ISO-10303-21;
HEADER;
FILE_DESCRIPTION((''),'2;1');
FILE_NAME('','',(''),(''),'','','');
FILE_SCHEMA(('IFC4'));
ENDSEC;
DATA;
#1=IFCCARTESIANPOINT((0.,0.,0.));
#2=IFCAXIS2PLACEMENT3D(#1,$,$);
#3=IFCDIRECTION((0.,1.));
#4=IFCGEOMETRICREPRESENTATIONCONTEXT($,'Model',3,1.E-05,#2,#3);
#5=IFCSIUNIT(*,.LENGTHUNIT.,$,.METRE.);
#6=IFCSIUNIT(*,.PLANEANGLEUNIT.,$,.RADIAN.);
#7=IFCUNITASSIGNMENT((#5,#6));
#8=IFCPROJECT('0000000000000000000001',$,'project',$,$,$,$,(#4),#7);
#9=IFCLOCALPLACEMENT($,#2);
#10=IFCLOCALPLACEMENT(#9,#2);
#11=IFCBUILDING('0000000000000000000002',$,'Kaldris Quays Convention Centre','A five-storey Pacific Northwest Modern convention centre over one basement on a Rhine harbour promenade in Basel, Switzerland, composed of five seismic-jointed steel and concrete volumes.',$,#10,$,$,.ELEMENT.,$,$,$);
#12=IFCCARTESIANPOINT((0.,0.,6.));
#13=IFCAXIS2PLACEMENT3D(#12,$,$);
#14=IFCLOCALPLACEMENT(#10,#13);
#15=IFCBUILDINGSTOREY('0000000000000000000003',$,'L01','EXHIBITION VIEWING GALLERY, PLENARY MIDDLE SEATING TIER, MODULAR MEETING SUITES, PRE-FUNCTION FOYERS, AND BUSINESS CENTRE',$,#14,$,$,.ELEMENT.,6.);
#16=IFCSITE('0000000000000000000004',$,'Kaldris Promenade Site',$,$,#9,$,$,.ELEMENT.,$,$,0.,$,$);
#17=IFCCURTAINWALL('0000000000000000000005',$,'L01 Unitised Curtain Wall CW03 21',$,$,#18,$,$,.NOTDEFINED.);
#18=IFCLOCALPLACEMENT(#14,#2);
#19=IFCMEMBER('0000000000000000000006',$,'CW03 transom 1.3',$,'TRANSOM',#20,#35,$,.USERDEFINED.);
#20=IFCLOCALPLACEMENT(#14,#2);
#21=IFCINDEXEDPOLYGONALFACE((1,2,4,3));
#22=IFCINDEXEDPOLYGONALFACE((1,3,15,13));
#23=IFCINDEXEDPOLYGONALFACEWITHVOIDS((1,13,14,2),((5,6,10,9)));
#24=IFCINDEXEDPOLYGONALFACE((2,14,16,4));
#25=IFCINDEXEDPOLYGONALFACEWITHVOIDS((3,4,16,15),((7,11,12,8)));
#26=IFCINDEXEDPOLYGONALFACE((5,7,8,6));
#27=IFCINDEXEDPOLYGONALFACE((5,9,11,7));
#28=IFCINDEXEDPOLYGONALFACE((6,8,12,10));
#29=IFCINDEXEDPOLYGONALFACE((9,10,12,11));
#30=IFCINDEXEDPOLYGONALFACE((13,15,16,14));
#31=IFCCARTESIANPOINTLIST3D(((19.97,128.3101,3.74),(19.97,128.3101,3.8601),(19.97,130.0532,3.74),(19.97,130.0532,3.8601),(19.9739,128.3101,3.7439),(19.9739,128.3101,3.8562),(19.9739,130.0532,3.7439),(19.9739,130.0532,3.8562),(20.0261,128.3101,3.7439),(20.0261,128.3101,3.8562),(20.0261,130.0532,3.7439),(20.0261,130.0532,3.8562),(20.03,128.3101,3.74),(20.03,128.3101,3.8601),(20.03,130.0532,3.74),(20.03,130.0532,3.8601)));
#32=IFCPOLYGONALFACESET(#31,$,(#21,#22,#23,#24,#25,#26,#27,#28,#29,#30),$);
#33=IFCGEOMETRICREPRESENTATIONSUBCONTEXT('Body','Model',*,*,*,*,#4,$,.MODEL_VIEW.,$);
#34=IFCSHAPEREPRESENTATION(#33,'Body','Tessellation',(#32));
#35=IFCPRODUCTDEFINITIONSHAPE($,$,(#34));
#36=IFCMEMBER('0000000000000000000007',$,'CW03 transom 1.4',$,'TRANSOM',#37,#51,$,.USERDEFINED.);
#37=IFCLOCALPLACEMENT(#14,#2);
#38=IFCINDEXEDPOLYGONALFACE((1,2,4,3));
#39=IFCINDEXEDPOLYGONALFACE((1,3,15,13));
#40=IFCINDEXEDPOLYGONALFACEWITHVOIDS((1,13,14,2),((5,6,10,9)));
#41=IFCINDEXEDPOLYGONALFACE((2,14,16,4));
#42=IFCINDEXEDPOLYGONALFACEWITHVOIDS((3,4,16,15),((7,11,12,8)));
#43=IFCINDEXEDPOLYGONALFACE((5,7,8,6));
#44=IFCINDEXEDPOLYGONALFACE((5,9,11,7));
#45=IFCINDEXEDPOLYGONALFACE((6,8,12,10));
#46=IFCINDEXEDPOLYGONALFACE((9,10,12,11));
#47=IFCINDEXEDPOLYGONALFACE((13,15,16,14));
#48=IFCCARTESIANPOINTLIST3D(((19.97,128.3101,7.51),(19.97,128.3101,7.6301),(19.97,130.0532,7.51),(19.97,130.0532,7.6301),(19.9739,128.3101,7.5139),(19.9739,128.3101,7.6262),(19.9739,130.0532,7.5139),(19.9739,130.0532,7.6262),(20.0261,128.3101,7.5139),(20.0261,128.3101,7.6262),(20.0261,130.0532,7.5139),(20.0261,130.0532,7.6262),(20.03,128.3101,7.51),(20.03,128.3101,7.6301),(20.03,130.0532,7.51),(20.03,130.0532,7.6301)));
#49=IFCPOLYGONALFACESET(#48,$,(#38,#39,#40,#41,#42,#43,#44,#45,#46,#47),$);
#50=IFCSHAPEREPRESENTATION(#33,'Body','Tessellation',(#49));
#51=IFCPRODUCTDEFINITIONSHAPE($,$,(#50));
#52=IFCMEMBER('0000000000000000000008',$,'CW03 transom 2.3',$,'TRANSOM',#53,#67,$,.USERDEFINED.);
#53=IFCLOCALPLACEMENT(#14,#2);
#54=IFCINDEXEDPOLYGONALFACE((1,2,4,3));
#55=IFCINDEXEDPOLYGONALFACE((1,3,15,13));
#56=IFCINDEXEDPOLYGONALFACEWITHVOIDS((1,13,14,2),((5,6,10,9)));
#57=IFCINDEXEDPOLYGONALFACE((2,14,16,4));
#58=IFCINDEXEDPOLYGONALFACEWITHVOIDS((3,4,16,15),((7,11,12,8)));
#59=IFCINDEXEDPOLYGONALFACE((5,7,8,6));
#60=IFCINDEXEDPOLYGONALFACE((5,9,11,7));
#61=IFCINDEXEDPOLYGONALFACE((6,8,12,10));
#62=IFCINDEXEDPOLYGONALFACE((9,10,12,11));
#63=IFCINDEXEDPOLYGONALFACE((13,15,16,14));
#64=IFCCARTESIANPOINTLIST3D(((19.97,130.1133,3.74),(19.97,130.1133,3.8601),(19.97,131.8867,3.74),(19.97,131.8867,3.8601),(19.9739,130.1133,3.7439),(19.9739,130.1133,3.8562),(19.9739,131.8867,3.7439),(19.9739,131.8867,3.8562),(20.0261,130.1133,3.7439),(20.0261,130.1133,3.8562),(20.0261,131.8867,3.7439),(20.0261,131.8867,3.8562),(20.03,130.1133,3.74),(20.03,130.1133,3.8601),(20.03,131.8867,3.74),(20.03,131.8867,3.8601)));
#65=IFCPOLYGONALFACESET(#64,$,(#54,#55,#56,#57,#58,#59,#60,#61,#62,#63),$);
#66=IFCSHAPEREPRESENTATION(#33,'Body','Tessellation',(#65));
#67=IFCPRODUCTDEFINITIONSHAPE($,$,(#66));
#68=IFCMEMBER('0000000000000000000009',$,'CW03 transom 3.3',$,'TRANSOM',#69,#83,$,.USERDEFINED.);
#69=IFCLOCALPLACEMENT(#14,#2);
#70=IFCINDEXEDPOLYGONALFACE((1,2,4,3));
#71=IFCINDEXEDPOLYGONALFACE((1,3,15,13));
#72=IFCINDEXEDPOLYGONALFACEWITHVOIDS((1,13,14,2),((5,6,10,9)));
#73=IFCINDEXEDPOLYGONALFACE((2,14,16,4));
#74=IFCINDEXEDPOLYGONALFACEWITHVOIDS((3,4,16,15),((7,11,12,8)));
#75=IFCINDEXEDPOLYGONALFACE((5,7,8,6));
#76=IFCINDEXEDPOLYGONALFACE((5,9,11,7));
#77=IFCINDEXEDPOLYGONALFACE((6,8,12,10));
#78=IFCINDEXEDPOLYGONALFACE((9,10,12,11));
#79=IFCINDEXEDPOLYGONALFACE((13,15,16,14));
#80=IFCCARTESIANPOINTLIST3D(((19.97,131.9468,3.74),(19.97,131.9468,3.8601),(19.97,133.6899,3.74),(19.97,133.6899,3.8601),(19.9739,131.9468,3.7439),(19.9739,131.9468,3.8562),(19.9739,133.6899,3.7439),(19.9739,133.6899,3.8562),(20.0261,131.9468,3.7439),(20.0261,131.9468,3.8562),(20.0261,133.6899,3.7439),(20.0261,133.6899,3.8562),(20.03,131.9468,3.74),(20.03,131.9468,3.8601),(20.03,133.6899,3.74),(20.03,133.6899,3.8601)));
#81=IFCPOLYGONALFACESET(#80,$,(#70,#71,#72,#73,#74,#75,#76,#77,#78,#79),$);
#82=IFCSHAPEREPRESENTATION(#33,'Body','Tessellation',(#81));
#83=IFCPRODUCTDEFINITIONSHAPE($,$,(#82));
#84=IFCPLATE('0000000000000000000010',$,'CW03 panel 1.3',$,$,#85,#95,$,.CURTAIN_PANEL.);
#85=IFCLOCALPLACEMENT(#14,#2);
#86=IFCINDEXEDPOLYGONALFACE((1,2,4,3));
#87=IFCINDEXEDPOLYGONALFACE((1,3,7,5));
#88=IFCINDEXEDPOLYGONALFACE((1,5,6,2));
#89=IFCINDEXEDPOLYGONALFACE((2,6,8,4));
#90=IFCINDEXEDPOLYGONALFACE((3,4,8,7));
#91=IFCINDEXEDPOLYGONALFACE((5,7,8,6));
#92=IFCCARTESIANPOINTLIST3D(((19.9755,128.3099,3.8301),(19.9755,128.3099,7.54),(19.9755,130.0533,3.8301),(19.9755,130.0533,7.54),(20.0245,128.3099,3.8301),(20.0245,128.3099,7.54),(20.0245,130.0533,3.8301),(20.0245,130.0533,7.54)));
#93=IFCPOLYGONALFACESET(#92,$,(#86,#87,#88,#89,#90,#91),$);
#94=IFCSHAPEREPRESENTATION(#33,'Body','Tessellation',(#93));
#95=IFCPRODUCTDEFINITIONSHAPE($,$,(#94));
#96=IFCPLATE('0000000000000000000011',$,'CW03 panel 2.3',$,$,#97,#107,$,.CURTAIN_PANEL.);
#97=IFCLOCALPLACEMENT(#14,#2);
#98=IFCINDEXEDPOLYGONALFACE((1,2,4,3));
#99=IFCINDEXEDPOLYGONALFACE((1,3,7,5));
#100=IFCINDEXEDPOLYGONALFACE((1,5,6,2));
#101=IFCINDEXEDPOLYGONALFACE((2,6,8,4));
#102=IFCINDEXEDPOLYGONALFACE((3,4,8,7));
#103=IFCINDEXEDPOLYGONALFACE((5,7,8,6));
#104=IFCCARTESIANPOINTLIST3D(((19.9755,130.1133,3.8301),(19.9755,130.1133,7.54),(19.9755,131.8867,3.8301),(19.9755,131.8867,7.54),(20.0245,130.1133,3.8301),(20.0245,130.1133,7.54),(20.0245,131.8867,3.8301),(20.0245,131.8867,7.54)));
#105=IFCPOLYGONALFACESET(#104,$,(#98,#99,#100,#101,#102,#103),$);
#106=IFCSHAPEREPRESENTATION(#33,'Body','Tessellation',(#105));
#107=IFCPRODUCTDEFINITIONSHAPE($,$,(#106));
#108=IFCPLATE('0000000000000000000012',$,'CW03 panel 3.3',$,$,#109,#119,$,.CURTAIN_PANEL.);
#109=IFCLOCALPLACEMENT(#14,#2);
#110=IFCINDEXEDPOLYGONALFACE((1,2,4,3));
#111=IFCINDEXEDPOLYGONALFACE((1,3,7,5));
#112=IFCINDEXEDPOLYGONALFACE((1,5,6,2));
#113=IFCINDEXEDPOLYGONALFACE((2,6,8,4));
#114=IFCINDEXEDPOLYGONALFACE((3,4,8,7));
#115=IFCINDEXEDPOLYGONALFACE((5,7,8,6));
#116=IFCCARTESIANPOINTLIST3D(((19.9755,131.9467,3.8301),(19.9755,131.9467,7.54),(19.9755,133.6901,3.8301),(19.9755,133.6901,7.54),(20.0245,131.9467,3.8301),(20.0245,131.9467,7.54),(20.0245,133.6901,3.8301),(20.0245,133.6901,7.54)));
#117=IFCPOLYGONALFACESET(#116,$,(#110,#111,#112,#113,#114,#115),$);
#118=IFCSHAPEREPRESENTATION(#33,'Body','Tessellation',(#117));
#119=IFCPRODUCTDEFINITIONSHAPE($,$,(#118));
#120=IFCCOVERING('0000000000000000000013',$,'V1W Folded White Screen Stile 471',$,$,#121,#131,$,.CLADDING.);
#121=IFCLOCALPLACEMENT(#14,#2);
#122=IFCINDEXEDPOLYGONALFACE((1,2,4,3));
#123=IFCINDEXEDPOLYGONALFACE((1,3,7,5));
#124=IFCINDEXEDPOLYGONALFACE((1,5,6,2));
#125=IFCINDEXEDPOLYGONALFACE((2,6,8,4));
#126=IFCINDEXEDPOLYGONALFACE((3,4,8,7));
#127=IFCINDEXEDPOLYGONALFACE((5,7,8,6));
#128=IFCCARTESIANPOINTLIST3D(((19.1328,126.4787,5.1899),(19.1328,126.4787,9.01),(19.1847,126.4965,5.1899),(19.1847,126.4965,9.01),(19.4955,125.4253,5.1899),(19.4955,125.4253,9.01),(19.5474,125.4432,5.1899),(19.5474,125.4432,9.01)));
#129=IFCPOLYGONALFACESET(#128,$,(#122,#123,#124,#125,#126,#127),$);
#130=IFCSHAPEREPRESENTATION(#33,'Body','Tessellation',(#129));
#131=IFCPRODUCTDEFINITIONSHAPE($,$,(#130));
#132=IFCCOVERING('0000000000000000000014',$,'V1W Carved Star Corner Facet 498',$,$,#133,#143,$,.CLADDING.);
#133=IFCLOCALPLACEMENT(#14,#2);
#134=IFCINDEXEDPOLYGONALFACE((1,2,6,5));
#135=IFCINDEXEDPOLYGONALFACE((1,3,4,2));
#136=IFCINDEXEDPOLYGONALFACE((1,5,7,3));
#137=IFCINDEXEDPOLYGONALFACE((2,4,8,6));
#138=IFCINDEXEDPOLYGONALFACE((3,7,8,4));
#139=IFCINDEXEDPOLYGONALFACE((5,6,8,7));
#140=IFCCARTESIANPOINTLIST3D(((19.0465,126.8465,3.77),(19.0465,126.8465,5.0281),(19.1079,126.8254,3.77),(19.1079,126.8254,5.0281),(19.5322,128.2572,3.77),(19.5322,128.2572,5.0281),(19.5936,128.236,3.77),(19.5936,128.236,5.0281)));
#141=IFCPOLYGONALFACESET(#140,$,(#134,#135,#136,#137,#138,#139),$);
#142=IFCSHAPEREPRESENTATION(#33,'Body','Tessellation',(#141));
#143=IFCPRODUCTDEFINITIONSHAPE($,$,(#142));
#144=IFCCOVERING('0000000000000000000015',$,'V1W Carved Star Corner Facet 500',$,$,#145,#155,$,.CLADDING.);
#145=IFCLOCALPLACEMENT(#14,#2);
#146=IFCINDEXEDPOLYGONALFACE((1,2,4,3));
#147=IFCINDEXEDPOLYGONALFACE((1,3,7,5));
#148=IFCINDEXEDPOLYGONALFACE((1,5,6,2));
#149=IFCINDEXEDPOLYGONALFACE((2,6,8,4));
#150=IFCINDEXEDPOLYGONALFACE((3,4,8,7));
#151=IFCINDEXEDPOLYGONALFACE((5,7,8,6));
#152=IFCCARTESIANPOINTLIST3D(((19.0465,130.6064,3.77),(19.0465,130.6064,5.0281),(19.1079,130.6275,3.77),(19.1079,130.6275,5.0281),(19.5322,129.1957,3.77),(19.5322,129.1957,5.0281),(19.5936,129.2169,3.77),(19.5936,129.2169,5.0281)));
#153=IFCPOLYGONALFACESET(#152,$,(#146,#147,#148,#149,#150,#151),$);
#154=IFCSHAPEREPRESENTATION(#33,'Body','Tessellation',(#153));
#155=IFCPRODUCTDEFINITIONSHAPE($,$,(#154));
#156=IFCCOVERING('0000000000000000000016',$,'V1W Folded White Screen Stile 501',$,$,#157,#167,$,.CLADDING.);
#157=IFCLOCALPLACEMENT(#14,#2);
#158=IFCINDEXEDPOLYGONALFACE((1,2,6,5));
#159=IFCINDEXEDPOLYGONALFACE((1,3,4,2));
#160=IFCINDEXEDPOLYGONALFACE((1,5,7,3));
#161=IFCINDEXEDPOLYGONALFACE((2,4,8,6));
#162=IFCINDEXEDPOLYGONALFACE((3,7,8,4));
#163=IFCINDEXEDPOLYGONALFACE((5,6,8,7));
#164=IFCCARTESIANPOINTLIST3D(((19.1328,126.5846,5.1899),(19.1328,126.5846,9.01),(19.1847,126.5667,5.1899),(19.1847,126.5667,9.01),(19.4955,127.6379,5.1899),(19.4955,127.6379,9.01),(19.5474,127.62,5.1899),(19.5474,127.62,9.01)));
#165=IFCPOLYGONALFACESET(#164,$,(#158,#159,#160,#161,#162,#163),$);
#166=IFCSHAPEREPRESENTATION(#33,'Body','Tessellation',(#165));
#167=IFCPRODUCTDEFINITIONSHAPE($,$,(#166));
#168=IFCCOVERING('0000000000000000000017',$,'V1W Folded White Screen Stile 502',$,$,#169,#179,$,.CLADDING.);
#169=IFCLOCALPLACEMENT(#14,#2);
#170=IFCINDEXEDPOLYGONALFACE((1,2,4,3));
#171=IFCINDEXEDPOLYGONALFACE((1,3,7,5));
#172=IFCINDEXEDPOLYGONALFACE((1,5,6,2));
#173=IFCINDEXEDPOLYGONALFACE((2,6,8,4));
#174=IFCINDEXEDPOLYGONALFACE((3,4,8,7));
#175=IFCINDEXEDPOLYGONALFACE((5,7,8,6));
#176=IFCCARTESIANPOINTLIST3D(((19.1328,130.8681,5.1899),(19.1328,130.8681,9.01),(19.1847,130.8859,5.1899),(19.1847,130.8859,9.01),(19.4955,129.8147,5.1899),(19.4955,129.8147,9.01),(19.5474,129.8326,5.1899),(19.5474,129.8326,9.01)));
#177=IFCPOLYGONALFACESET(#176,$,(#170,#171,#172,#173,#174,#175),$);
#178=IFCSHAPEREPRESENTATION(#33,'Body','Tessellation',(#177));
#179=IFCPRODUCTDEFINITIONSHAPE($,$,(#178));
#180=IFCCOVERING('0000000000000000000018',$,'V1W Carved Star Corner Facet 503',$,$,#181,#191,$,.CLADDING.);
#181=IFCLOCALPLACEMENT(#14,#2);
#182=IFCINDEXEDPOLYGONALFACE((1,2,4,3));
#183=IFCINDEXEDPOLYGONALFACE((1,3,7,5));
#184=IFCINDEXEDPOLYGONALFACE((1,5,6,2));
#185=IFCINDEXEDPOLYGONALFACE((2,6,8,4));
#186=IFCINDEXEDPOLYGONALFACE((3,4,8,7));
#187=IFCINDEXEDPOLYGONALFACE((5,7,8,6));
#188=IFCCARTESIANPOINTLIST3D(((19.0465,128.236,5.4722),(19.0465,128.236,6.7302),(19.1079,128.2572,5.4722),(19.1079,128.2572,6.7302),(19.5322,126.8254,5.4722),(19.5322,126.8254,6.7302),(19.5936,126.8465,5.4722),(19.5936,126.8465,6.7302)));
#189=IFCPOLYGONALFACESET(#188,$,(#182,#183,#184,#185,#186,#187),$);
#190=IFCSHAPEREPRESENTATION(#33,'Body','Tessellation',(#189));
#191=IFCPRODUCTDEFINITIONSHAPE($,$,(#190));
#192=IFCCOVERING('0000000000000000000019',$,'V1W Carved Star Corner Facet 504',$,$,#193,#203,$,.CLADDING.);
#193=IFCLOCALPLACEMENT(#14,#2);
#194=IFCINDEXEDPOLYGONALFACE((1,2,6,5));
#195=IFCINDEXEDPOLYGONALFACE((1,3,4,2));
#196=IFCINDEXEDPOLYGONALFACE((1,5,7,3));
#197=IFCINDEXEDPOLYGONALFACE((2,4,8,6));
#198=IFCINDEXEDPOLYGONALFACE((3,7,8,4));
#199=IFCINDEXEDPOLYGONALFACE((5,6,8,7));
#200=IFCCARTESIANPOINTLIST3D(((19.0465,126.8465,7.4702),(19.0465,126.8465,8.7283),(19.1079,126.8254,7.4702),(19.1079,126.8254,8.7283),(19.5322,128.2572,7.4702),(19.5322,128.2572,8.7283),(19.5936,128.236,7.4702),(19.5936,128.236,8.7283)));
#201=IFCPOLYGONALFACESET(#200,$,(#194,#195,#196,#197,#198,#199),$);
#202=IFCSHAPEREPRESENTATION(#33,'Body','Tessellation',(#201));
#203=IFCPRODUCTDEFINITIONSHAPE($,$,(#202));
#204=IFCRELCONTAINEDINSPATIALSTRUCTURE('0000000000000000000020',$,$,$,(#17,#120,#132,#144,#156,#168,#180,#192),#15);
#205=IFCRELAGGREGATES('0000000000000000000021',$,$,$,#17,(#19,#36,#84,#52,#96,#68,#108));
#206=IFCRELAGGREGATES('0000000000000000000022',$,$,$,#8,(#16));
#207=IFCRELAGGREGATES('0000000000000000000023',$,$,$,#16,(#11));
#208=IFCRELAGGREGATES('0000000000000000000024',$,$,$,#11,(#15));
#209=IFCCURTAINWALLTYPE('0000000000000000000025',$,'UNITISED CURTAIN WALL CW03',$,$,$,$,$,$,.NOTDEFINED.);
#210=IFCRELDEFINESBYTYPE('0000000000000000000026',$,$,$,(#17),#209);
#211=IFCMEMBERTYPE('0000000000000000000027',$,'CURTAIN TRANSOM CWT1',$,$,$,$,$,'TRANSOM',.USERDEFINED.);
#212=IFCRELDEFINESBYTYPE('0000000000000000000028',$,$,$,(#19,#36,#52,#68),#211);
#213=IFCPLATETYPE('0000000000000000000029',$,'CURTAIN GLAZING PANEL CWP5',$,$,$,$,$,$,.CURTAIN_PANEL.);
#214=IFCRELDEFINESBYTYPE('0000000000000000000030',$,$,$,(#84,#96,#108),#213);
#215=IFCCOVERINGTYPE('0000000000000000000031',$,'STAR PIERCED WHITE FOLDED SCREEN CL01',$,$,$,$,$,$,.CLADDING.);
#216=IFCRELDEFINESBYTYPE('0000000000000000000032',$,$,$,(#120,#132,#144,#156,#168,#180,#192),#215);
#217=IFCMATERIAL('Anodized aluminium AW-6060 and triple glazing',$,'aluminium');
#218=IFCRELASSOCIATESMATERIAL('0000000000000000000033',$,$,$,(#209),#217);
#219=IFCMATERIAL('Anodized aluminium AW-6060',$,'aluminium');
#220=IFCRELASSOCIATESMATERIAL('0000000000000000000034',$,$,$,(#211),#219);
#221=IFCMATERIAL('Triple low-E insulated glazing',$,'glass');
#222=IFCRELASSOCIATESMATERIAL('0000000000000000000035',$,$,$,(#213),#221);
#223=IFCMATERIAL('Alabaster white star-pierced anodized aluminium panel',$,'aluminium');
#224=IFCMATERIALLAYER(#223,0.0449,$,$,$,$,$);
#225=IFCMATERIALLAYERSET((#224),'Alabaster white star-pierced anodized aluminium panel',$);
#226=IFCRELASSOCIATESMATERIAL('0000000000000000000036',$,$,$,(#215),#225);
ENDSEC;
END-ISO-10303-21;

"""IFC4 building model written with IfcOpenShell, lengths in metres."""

from ifc_helpers import new_model, si_unit, direction, frame, origin, origin_2d, place, context, subcontext, project, spatial, rectangle, hollow_rectangle, extrude, material, layer, layer_set, material_profile, profile_set, type_object, element, aggregate, save


model = new_model("IFC4")

# Units and contexts
model_context = context("Model", 3, precision=1e-05, world=origin(), true_north=direction((0.0, 1.0)))
body_context = subcontext(model_context, "Body", "Model", "MODEL_VIEW")
ifc_project = project(units=[si_unit("LENGTHUNIT", "METRE"), si_unit("PLANEANGLEUNIT", "RADIAN")], contexts=[model_context])

# Site, building, storey
site_placement = place(None, origin())
site = spatial("IfcSite", under=ifc_project, at=site_placement, Name="Kaldris Promenade Site", CompositionType="ELEMENT", RefElevation=0.0)
building_placement = place(site_placement, origin())
building = spatial("IfcBuilding", under=site, at=building_placement, Name="Kaldris Quays Convention Centre", Description="A five-storey Pacific Northwest Modern convention centre over one basement on a Rhine harbour promenade in Basel, Switzerland, composed of five seismic-jointed steel and concrete volumes.", CompositionType="ELEMENT")
storey_placement = place(building_placement, frame((0.0, 0.0, 6.0)))
storey = spatial("IfcBuildingStorey", under=building, at=storey_placement, Name="L01", Description="EXHIBITION VIEWING GALLERY, PLENARY MIDDLE SEATING TIER, MODULAR MEETING SUITES, PRE-FUNCTION FOYERS, AND BUSINESS CENTRE", CompositionType="ELEMENT", Elevation=6.0)

# Curtain wall, members, plates
ifc_material_1 = material(Name="Anodized aluminium AW-6060 and triple glazing", Category="aluminium")
curtain_wall_type = type_object("IfcCurtainWallType", Name="UNITISED CURTAIN WALL CW03", PredefinedType="NOTDEFINED", material=ifc_material_1)
curtain_wall_placement = place(storey_placement, origin())
curtain_wall = element("IfcCurtainWall", 1, at=curtain_wall_placement, inside=storey, type_object=curtain_wall_type, Name="L01 Unitised Curtain Wall CW03 21", PredefinedType="NOTDEFINED")
ifc_material_2 = material(Name="Anodized aluminium AW-6060", Category="aluminium")
ifc_material_profile = material_profile(ifc_material_2, hollow_rectangle(XDim=0.0601, YDim=0.1201, WallThickness=0.0039, at=origin_2d()), Name="RHS 120x60x4")
ifc_profile_set = profile_set([ifc_material_profile], Name="Anodized aluminium AW-6060")
member_type = type_object("IfcMemberType", Name="CURTAIN TRANSOM CWT1", ElementType="TRANSOM", PredefinedType="USERDEFINED", material=ifc_profile_set)
member_1_placement = place(storey_placement, frame((20.0, 128.3101, 3.8), z_axis=(0.0, 1.0, 0.0), x_axis=(-1.0, 0.0, 0.0)))
member_1 = element("IfcMember", 2, at=member_1_placement, type_object=member_type, Name="CW03 transom 1.3", ObjectType="TRANSOM", PredefinedType="USERDEFINED", context=body_context, shape_type="SweptSolid", body=[
    extrude(hollow_rectangle(XDim=0.0601, YDim=0.1201, WallThickness=0.0039, at=origin_2d()), origin(), (0.0, 0.0, 1.0), 1.7432),
])
member_2_placement = place(storey_placement, frame((20.0, 128.3101, 7.5701), z_axis=(0.0, 1.0, 0.0), x_axis=(-1.0, 0.0, 0.0)))
member_2 = element("IfcMember", 3, at=member_2_placement, type_object=member_type, Name="CW03 transom 1.4", ObjectType="TRANSOM", PredefinedType="USERDEFINED", context=body_context, shape_type="SweptSolid", body=[
    extrude(hollow_rectangle(XDim=0.0601, YDim=0.1201, WallThickness=0.0039, at=origin_2d()), origin(), (0.0, 0.0, 1.0), 1.7432),
])
member_3_placement = place(storey_placement, frame((20.0, 130.1133, 3.8), z_axis=(0.0, 1.0, 0.0), x_axis=(-1.0, 0.0, 0.0)))
member_3 = element("IfcMember", 4, at=member_3_placement, type_object=member_type, Name="CW03 transom 2.3", ObjectType="TRANSOM", PredefinedType="USERDEFINED", context=body_context, shape_type="SweptSolid", body=[
    extrude(hollow_rectangle(XDim=0.0601, YDim=0.1201, WallThickness=0.0039, at=origin_2d()), origin(), (0.0, 0.0, 1.0), 1.7734),
])
member_4_placement = place(storey_placement, frame((20.0, 131.9468, 3.8), z_axis=(0.0, 1.0, 0.0), x_axis=(-1.0, 0.0, 0.0)))
member_4 = element("IfcMember", 5, at=member_4_placement, type_object=member_type, Name="CW03 transom 3.3", ObjectType="TRANSOM", PredefinedType="USERDEFINED", context=body_context, shape_type="SweptSolid", body=[
    extrude(hollow_rectangle(XDim=0.0601, YDim=0.1201, WallThickness=0.0039, at=origin_2d()), origin(), (0.0, 0.0, 1.0), 1.7432),
])
ifc_material_3 = material(Name="Triple low-E insulated glazing", Category="glass")
plate_type = type_object("IfcPlateType", Name="CURTAIN GLAZING PANEL CWP5", PredefinedType="CURTAIN_PANEL", material=ifc_material_3)
plate_1_placement = place(storey_placement, frame((20.0, 129.1816, 3.8301), z_axis=(0.0, 0.0, 1.0), x_axis=(0.0, 1.0, 0.0)))
plate_1 = element("IfcPlate", 6, at=plate_1_placement, type_object=plate_type, Name="CW03 panel 1.3", PredefinedType="CURTAIN_PANEL", context=body_context, shape_type="SweptSolid", body=[
    extrude(rectangle(XDim=1.7434, YDim=0.0491, at=origin_2d()), origin(), (0.0, 0.0, 1.0), 3.71),
])
plate_2_placement = place(storey_placement, frame((20.0, 131.0, 3.8301), z_axis=(0.0, 0.0, 1.0), x_axis=(0.0, 1.0, 0.0)))
plate_2 = element("IfcPlate", 7, at=plate_2_placement, type_object=plate_type, Name="CW03 panel 2.3", PredefinedType="CURTAIN_PANEL", context=body_context, shape_type="SweptSolid", body=[
    extrude(rectangle(XDim=1.7734, YDim=0.0491, at=origin_2d()), origin(), (0.0, 0.0, 1.0), 3.71),
])
plate_3_placement = place(storey_placement, frame((20.0, 132.8184, 3.8301), z_axis=(0.0, 0.0, 1.0), x_axis=(0.0, 1.0, 0.0)))
plate_3 = element("IfcPlate", 8, at=plate_3_placement, type_object=plate_type, Name="CW03 panel 3.3", PredefinedType="CURTAIN_PANEL", context=body_context, shape_type="SweptSolid", body=[
    extrude(rectangle(XDim=1.7434, YDim=0.0491, at=origin_2d()), origin(), (0.0, 0.0, 1.0), 3.71),
])
aggregate(curtain_wall, [member_1, member_2, plate_1, member_3, plate_2, member_4, plate_3])

# Coverings
ifc_material_4 = material(Name="Alabaster white star-pierced anodized aluminium panel", Category="aluminium")
ifc_layer = layer(ifc_material_4, 0.0449)
ifc_layer_set = layer_set([ifc_layer], Name="Alabaster white star-pierced anodized aluminium panel")
covering_type = type_object("IfcCoveringType", Name="STAR PIERCED WHITE FOLDED SCREEN CL01", PredefinedType="CLADDING", material=ifc_layer_set)
covering_1_placement = place(storey_placement, frame((19.3401, 125.9609, 5.1899), z_axis=(0.0, 0.0, 1.0), x_axis=(-0.325568, 0.945519, 0.0)))
element("IfcCovering", 9, at=covering_1_placement, inside=storey, type_object=covering_type, Name="V1W Folded White Screen Stile 471", PredefinedType="CLADDING", context=body_context, shape_type="SweptSolid", body=[
    extrude(rectangle(XDim=1.114, YDim=0.0549, at=origin_2d()), origin(), (0.0, 0.0, 1.0), 3.8201),
])
for number, where, z_axis, x_axis, name in (
    (10, (19.3201, 127.5413, 3.77), (0.0, 0.0, 1.0), (0.325568, 0.945519, 0.0), "V1W Carved Star Corner Facet 498"),
    (11, (19.3201, 129.9116, 3.77), (0.0, 0.0, 1.0), (-0.325568, 0.945519, 0.0), "V1W Carved Star Corner Facet 500"),
):
    element("IfcCovering", number, at=place(storey_placement, frame(where, z_axis=z_axis, x_axis=x_axis)), inside=storey, type_object=covering_type, Name=name, PredefinedType="CLADDING", context=body_context, shape_type="SweptSolid", body=[
        extrude(rectangle(XDim=1.4919, YDim=0.0649, at=origin_2d()), origin(), (0.0, 0.0, 1.0), 1.2581),
    ])
for number, where, z_axis, x_axis, name in (
    (12, (19.3401, 127.1023, 5.1899), (0.0, 0.0, 1.0), (0.325568, 0.945519, 0.0), "V1W Folded White Screen Stile 501"),
    (13, (19.3401, 130.3503, 5.1899), (0.0, 0.0, 1.0), (-0.325568, 0.945519, 0.0), "V1W Folded White Screen Stile 502"),
):
    element("IfcCovering", number, at=place(storey_placement, frame(where, z_axis=z_axis, x_axis=x_axis)), inside=storey, type_object=covering_type, Name=name, PredefinedType="CLADDING", context=body_context, shape_type="SweptSolid", body=[
        extrude(rectangle(XDim=1.114, YDim=0.0549, at=origin_2d()), origin(), (0.0, 0.0, 1.0), 3.8201),
    ])
for number, where, z_axis, x_axis, name in (
    (14, (19.3201, 127.5413, 5.4722), (0.0, 0.0, 1.0), (-0.325568, 0.945519, 0.0), "V1W Carved Star Corner Facet 503"),
    (15, (19.3201, 127.5413, 7.4702), (0.0, 0.0, 1.0), (0.325568, 0.945519, 0.0), "V1W Carved Star Corner Facet 504"),
):
    element("IfcCovering", number, at=place(storey_placement, frame(where, z_axis=z_axis, x_axis=x_axis)), inside=storey, type_object=covering_type, Name=name, PredefinedType="CLADDING", context=body_context, shape_type="SweptSolid", body=[
        extrude(rectangle(XDim=1.4919, YDim=0.0649, at=origin_2d()), origin(), (0.0, 0.0, 1.0), 1.2581),
    ])

save(model, "model.ifc")
